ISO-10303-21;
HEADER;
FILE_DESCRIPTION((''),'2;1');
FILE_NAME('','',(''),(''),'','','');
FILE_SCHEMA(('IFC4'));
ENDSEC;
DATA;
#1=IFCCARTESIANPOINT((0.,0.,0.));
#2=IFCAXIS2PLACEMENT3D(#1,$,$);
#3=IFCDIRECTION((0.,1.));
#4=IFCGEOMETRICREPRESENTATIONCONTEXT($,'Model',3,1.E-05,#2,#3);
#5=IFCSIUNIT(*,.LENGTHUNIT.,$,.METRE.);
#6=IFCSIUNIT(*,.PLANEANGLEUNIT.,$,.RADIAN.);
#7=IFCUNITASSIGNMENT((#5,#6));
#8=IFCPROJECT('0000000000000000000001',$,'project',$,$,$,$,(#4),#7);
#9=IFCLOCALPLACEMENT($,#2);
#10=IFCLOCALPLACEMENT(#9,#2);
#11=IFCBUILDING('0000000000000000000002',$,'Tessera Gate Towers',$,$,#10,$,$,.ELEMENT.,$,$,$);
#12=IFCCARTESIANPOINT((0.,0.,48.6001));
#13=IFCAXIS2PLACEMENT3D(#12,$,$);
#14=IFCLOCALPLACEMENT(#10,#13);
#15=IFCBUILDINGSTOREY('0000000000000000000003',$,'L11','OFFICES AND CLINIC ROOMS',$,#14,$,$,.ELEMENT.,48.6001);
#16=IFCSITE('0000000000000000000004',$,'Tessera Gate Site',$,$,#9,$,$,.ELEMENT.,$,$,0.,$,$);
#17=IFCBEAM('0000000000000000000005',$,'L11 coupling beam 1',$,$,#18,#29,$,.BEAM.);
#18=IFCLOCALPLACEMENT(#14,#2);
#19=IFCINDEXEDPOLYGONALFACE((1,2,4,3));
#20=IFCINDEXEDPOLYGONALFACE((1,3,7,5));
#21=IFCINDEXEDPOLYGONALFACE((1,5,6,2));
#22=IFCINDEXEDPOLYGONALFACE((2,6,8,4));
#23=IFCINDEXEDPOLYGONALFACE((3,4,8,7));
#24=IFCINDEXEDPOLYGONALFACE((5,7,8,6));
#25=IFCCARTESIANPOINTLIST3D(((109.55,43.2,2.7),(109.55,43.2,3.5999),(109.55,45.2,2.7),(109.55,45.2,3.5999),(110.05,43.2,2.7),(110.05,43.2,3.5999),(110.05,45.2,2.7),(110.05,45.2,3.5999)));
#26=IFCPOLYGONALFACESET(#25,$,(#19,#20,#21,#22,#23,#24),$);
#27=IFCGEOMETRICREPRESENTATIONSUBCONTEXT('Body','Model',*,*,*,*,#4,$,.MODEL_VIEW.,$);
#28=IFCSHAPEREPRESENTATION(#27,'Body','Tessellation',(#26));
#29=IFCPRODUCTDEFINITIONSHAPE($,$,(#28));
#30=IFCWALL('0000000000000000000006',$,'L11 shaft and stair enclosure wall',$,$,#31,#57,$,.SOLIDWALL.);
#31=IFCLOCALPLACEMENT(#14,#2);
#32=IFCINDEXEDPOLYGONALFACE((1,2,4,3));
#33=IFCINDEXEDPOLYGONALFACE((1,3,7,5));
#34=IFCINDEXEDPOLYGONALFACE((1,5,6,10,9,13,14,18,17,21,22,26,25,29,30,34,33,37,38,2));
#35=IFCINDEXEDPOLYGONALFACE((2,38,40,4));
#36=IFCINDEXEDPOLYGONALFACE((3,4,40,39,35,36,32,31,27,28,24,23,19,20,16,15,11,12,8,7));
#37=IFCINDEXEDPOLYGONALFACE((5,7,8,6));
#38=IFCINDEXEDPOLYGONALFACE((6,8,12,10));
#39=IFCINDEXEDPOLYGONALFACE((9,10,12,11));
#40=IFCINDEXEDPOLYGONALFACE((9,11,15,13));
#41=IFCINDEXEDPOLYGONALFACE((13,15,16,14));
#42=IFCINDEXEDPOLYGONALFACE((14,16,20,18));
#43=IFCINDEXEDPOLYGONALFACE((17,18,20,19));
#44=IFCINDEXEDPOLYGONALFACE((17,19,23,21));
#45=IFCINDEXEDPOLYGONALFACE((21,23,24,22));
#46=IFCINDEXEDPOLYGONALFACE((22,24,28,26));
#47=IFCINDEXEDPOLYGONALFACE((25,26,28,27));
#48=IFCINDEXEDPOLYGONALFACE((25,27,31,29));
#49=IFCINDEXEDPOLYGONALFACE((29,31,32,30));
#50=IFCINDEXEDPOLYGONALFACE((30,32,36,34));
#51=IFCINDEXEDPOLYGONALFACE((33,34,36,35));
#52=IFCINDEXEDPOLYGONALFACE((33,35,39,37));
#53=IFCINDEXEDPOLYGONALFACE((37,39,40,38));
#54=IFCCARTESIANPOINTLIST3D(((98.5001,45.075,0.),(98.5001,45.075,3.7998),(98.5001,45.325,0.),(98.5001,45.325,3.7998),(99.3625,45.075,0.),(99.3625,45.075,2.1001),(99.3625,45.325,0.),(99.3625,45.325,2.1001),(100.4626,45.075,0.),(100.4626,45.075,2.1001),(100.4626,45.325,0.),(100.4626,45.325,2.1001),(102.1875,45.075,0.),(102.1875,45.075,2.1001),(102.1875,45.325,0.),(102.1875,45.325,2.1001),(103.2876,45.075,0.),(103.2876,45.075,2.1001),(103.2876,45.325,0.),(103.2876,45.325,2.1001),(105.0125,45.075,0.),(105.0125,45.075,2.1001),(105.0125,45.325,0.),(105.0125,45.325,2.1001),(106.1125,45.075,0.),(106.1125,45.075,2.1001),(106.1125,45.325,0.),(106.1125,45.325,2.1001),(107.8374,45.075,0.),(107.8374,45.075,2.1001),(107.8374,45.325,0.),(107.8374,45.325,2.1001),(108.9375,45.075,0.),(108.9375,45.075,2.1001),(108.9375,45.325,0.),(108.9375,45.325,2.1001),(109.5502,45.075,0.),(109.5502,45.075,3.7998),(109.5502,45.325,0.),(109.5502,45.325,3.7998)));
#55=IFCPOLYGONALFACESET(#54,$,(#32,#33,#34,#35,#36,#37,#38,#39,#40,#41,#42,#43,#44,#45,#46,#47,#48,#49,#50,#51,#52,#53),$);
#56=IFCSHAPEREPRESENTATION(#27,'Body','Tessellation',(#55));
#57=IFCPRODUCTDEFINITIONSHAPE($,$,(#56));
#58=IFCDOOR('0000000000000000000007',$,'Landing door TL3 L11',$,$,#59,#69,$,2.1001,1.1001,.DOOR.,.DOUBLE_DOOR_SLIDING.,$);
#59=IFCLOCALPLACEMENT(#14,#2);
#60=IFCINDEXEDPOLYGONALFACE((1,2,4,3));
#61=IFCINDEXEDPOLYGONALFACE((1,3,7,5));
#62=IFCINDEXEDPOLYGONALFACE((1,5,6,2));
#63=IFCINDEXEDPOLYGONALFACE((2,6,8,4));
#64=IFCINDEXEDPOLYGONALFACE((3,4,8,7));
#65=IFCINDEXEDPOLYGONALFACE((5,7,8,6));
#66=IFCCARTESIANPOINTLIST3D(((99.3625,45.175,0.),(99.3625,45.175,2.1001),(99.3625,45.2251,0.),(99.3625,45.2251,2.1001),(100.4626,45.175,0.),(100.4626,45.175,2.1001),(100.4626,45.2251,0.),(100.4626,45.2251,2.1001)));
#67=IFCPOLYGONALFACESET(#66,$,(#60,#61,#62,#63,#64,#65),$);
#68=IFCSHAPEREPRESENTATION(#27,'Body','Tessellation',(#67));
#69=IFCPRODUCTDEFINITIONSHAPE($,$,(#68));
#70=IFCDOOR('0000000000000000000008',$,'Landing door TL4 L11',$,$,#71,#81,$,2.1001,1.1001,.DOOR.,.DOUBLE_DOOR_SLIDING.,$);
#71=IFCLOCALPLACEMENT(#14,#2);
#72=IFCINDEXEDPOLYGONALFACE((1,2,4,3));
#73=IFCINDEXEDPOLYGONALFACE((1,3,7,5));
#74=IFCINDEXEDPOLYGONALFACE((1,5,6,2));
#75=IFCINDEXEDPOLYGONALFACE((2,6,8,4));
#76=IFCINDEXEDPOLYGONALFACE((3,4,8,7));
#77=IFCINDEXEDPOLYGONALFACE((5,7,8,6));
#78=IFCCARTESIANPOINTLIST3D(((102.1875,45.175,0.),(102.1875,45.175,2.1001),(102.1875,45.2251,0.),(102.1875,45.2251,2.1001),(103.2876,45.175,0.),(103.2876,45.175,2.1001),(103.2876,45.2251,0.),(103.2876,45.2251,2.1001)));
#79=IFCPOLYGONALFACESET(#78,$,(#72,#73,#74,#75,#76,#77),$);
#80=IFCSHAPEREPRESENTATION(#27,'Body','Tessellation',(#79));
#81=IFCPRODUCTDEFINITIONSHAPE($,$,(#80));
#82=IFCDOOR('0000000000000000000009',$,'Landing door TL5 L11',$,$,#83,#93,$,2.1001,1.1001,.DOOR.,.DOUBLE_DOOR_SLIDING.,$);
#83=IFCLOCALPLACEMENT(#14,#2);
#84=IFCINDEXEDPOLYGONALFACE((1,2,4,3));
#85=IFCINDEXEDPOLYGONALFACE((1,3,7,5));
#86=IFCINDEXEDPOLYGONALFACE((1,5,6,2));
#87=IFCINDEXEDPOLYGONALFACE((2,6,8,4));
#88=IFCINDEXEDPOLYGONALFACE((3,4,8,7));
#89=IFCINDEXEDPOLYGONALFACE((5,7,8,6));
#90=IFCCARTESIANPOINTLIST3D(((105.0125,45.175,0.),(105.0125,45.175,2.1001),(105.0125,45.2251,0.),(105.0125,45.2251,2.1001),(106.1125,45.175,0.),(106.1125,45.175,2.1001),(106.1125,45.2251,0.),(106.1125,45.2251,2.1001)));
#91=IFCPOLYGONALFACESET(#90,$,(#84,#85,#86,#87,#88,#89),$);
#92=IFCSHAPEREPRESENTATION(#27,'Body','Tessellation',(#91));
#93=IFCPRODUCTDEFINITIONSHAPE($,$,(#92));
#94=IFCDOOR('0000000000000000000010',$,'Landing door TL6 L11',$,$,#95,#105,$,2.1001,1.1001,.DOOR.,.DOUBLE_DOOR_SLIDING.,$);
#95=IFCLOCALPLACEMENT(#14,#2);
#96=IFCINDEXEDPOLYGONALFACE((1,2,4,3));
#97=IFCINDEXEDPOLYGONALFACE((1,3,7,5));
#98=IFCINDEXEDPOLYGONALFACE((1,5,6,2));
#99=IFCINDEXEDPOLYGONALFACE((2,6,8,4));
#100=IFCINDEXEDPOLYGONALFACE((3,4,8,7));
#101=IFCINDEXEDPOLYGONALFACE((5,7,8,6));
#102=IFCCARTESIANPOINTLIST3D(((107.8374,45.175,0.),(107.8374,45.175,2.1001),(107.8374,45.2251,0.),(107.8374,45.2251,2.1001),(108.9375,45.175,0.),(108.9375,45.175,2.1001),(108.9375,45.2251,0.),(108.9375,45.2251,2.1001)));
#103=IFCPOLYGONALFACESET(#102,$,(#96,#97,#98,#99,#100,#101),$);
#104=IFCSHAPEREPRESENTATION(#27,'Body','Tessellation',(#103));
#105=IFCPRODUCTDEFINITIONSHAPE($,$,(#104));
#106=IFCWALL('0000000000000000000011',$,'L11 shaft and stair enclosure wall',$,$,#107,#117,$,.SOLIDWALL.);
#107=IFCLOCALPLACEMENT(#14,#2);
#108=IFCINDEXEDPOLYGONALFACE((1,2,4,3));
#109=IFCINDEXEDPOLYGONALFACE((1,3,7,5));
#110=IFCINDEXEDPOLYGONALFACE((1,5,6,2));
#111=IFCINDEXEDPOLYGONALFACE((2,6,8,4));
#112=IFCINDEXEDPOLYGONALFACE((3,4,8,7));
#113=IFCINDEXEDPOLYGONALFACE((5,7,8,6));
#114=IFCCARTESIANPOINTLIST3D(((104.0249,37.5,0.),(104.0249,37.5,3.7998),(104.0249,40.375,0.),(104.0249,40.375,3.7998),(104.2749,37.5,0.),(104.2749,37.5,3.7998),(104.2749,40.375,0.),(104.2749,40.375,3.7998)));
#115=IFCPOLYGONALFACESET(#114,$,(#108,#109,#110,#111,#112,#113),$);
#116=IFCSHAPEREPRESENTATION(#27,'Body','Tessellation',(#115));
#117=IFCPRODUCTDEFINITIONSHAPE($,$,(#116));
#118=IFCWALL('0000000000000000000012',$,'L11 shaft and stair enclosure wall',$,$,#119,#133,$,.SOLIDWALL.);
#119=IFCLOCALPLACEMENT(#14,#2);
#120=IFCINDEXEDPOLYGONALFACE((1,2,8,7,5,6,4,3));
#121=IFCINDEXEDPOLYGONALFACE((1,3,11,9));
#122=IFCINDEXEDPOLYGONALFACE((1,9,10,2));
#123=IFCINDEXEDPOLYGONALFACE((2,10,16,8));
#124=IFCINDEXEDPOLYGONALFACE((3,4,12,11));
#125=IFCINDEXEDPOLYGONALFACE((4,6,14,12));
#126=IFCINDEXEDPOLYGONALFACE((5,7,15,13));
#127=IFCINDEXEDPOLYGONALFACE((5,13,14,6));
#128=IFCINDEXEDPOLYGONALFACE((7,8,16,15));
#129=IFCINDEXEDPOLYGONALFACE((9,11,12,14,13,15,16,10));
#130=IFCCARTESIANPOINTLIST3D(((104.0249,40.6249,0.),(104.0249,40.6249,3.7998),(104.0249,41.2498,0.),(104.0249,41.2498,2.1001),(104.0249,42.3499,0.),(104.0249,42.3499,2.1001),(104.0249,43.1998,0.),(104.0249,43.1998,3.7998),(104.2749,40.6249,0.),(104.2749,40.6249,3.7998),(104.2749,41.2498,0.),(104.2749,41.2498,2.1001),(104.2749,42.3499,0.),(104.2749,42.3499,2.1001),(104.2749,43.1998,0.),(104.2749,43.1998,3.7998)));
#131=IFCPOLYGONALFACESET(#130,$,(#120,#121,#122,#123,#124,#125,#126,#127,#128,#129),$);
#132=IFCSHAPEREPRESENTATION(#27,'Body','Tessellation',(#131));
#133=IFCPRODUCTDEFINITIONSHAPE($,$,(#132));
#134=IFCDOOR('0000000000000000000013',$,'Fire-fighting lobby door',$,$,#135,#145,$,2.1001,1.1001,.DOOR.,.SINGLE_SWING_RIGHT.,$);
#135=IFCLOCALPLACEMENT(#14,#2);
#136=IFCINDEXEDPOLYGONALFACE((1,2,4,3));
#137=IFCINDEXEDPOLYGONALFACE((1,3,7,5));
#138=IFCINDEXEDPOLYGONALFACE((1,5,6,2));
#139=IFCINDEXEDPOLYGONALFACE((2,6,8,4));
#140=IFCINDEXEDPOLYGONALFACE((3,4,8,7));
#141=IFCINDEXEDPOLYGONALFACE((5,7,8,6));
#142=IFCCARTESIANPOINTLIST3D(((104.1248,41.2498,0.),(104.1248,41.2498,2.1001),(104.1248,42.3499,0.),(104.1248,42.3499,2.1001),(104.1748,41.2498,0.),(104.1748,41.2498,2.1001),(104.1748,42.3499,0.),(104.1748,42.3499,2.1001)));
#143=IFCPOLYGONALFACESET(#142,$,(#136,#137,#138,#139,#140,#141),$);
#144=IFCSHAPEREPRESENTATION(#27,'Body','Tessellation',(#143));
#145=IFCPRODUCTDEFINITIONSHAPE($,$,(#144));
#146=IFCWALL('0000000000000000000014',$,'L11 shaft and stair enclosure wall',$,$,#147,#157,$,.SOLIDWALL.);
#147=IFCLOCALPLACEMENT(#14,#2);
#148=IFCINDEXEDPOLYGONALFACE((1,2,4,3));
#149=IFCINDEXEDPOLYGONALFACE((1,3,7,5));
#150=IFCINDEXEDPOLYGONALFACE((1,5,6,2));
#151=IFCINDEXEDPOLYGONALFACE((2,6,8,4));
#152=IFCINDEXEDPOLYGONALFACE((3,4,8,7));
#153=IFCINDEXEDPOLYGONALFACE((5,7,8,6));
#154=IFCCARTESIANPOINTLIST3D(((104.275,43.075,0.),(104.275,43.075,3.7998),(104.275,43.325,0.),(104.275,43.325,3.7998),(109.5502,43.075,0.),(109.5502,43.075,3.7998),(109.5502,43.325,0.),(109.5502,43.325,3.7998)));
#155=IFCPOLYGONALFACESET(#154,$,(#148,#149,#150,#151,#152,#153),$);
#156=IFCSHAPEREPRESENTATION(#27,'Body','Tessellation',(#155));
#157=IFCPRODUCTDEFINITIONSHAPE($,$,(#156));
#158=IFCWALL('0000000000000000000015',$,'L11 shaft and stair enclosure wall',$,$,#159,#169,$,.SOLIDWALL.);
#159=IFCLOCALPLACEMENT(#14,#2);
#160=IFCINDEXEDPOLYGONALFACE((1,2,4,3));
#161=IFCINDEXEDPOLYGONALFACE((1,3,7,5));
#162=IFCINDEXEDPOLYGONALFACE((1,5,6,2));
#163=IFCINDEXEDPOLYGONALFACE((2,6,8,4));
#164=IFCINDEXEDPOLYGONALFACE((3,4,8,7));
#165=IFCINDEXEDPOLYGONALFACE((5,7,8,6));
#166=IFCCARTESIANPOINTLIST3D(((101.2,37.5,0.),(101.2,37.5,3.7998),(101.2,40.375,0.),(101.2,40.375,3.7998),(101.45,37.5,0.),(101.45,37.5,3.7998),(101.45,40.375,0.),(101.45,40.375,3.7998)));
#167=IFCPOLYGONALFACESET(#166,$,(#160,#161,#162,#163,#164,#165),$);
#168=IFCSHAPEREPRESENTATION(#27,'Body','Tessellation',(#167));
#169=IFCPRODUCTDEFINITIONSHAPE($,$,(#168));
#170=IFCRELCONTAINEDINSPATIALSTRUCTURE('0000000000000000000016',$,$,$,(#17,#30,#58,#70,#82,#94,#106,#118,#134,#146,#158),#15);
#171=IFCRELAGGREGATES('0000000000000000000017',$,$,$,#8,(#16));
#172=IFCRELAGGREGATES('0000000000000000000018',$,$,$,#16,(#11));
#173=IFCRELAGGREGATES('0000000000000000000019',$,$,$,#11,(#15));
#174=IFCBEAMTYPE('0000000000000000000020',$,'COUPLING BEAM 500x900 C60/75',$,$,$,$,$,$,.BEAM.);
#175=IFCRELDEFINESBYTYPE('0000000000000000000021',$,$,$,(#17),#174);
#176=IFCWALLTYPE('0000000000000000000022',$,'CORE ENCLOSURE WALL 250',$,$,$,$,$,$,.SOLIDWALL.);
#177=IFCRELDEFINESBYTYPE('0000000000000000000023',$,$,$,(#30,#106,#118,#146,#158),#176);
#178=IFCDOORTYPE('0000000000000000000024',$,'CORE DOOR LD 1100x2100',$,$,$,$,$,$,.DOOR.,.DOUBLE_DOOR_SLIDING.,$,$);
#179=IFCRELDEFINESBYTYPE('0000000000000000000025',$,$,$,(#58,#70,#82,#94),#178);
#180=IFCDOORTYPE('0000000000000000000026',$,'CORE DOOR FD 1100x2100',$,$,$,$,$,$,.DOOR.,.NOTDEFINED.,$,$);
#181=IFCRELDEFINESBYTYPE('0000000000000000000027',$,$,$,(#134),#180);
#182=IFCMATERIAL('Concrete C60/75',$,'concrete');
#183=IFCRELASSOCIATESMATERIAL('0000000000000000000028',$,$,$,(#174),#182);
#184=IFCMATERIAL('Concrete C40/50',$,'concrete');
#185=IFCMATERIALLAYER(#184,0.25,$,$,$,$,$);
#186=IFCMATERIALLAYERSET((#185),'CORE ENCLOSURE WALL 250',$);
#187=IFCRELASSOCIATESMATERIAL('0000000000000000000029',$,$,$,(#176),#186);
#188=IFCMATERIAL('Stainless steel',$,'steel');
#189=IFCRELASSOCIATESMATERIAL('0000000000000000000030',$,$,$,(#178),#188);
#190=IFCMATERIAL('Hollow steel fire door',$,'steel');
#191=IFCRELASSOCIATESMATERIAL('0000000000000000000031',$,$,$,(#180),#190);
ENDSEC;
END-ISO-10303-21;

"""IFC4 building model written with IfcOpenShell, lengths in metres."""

from ifc_helpers import new_model, si_unit, direction, frame, frame_2d, origin, origin_2d, place, context, subcontext, project, spatial, rectangle, extrude, source, transform, mapped, material, layer, layer_set, material_profile, profile_set, type_object, element, fill, save


model = new_model("IFC4")

# Units and contexts
model_context = context("Model", 3, precision=1e-05, world=origin(), true_north=direction((0.0, 1.0)))
body_context = subcontext(model_context, "Body", "Model", "MODEL_VIEW")
ifc_project = project(units=[si_unit("LENGTHUNIT", "METRE"), si_unit("PLANEANGLEUNIT", "RADIAN")], contexts=[model_context])

# Site, building, storey
site_placement = place(None, origin())
site = spatial("IfcSite", under=ifc_project, at=site_placement, Name="Tessera Gate Site", CompositionType="ELEMENT", RefElevation=0.0)
building_placement = place(site_placement, origin())
building = spatial("IfcBuilding", under=site, at=building_placement, Name="Tessera Gate Towers", CompositionType="ELEMENT")
storey_placement = place(building_placement, frame((0.0, 0.0, 48.6001)))
storey = spatial("IfcBuildingStorey", under=building, at=storey_placement, Name="L11", Description="OFFICES AND CLINIC ROOMS", CompositionType="ELEMENT", Elevation=48.6001)

# Beam
ifc_material_1 = material(Name="Concrete C60/75", Category="concrete")
ifc_material_profile = material_profile(ifc_material_1, rectangle(XDim=0.5, YDim=0.8999, at=origin_2d()), Name="RC 500x900")
ifc_profile_set = profile_set([ifc_material_profile], Name="Concrete C60/75")
beam_type = type_object("IfcBeamType", Name="COUPLING BEAM 500x900 C60/75", PredefinedType="BEAM", material=ifc_profile_set)
beam_placement = place(storey_placement, frame((109.8, 43.2, 3.1499), z_axis=(0.0, 1.0, 0.0), x_axis=(-1.0, 0.0, 0.0)))
element("IfcBeam", 1, at=beam_placement, inside=storey, type_object=beam_type, Name="L11 coupling beam 1", PredefinedType="BEAM", context=body_context, shape_type="SweptSolid", body=[
    extrude(rectangle(XDim=0.5, YDim=0.8999, at=origin_2d()), origin(), (0.0, 0.0, 1.0), 2.0),
])

# Wall, openings, doors
ifc_material_2 = material(Name="Concrete C40/50", Category="concrete")
ifc_layer_1 = layer(ifc_material_2, 0.25)
ifc_layer_set_1 = layer_set([ifc_layer_1], Name="CORE ENCLOSURE WALL 250")
wall_type_1 = type_object("IfcWallType", Name="CORE ENCLOSURE WALL 250", PredefinedType="SOLIDWALL", material=ifc_layer_set_1)
wall_1_placement = place(storey_placement, frame((109.55, 45.2, 0.0), z_axis=(0.0, 0.0, 1.0), x_axis=(-1.0, 0.0, 0.0)))
wall_1 = element("IfcWall", 2, at=wall_1_placement, inside=storey, type_object=wall_type_1, Name="L11 shaft and stair enclosure wall", PredefinedType="SOLIDWALL", context=body_context, shape_type="SweptSolid", body=[
    extrude(rectangle(XDim=11.05, YDim=0.25, at=frame_2d((5.5249, 0.0))), origin(), (0.0, 0.0, 1.0), 3.7998),
])
shared_shape_1 = source(origin(), body_context, "Body", "SweptSolid", [
    extrude(rectangle(XDim=1.1001, YDim=2.1001, at=frame_2d((0.55, 1.05))), frame((0.0, 0.135, 0.0), z_axis=(0.0, -1.0, 0.0), x_axis=(1.0, 0.0, 0.0)), (0.0, 0.0, 1.0), 0.27),
])
opening_1_placement = place(wall_1_placement, frame((9.0874, 0.0, 0.0)))
opening_1 = element("IfcOpeningElement", 3, at=opening_1_placement, cuts=wall_1, PredefinedType="OPENING", context=body_context, shape_type="MappedRepresentation", body=[
    mapped(shared_shape_1, transform((0.0, 0.0, 0.0), scale=1.0)),
])
opening_2_placement = place(wall_1_placement, frame((6.2625, 0.0, 0.0)))
opening_2 = element("IfcOpeningElement", 4, at=opening_2_placement, cuts=wall_1, PredefinedType="OPENING", context=body_context, shape_type="MappedRepresentation", body=[
    mapped(shared_shape_1, transform((0.0, 0.0, 0.0), scale=1.0)),
])
opening_3_placement = place(wall_1_placement, frame((3.4375, 0.0, 0.0)))
opening_3 = element("IfcOpeningElement", 5, at=opening_3_placement, cuts=wall_1, PredefinedType="OPENING", context=body_context, shape_type="MappedRepresentation", body=[
    mapped(shared_shape_1, transform((0.0, 0.0, 0.0), scale=1.0)),
])
opening_4_placement = place(wall_1_placement, frame((0.6125, 0.0, 0.0)))
opening_4 = element("IfcOpeningElement", 6, at=opening_4_placement, cuts=wall_1, PredefinedType="OPENING", context=body_context, shape_type="MappedRepresentation", body=[
    mapped(shared_shape_1, transform((0.0, 0.0, 0.0), scale=1.0)),
])
ifc_material_3 = material(Name="Stainless steel", Category="steel")
door_type_1 = type_object("IfcDoorType", Name="CORE DOOR LD 1100x2100", OperationType="DOUBLE_DOOR_SLIDING", PredefinedType="DOOR", material=ifc_material_3)
shared_shape_2 = source(origin(), body_context, "Body", "SweptSolid", [
    extrude(rectangle(XDim=1.1001, YDim=2.1001, at=frame_2d((0.55, 1.05))), frame((0.0, 0.0249, 0.0), z_axis=(0.0, -1.0, 0.0), x_axis=(1.0, 0.0, 0.0)), (0.0, 0.0, 1.0), 0.05),
])
door_1_placement = place(opening_1_placement, origin())
door_1 = element("IfcDoor", 7, at=door_1_placement, inside=storey, type_object=door_type_1, Name="Landing door TL3 L11", OperationType="DOUBLE_DOOR_SLIDING", OverallHeight=2.1001, OverallWidth=1.1001, PredefinedType="DOOR", context=body_context, shape_type="MappedRepresentation", body=[
    mapped(shared_shape_2, transform((0.0, 0.0, 0.0), scale=1.0)),
])
fill(opening_1, door_1)
door_2_placement = place(opening_2_placement, origin())
door_2 = element("IfcDoor", 8, at=door_2_placement, inside=storey, type_object=door_type_1, Name="Landing door TL4 L11", OperationType="DOUBLE_DOOR_SLIDING", OverallHeight=2.1001, OverallWidth=1.1001, PredefinedType="DOOR", context=body_context, shape_type="MappedRepresentation", body=[
    mapped(shared_shape_2, transform((0.0, 0.0, 0.0), scale=1.0)),
])
fill(opening_2, door_2)
door_3_placement = place(opening_3_placement, origin())
door_3 = element("IfcDoor", 9, at=door_3_placement, inside=storey, type_object=door_type_1, Name="Landing door TL5 L11", OperationType="DOUBLE_DOOR_SLIDING", OverallHeight=2.1001, OverallWidth=1.1001, PredefinedType="DOOR", context=body_context, shape_type="MappedRepresentation", body=[
    mapped(shared_shape_2, transform((0.0, 0.0, 0.0), scale=1.0)),
])
fill(opening_3, door_3)
door_4_placement = place(opening_4_placement, origin())
door_4 = element("IfcDoor", 10, at=door_4_placement, inside=storey, type_object=door_type_1, Name="Landing door TL6 L11", OperationType="DOUBLE_DOOR_SLIDING", OverallHeight=2.1001, OverallWidth=1.1001, PredefinedType="DOOR", context=body_context, shape_type="MappedRepresentation", body=[
    mapped(shared_shape_2, transform((0.0, 0.0, 0.0), scale=1.0)),
])
fill(opening_4, door_4)

# Wall
wall_2_placement = place(storey_placement, frame((104.1499, 37.5, 0.0), z_axis=(0.0, 0.0, 1.0), x_axis=(0.0, 1.0, 0.0)))
element("IfcWall", 11, at=wall_2_placement, inside=storey, type_object=wall_type_1, Name="L11 shaft and stair enclosure wall", PredefinedType="SOLIDWALL", context=body_context, shape_type="SweptSolid", body=[
    extrude(rectangle(XDim=2.875, YDim=0.25, at=frame_2d((1.4375, 0.0))), origin(), (0.0, 0.0, 1.0), 3.7998),
])

# Wall, opening, door
wall_3_placement = place(storey_placement, frame((104.1499, 43.2, 0.0), z_axis=(0.0, 0.0, 1.0), x_axis=(0.0, -1.0, 0.0)))
wall_3 = element("IfcWall", 12, at=wall_3_placement, inside=storey, type_object=wall_type_1, Name="L11 shaft and stair enclosure wall", PredefinedType="SOLIDWALL", context=body_context, shape_type="SweptSolid", body=[
    extrude(rectangle(XDim=2.575, YDim=0.25, at=frame_2d((1.2876, 0.0))), origin(), (0.0, 0.0, 1.0), 3.7998),
])
opening_5_placement = place(wall_3_placement, frame((0.8501, 0.0, 0.0)))
opening_5 = element("IfcOpeningElement", 13, at=opening_5_placement, cuts=wall_3, PredefinedType="OPENING", context=body_context, shape_type="MappedRepresentation", body=[
    mapped(shared_shape_1, transform((0.0, 0.0, 0.0), scale=1.0)),
])
ifc_material_4 = material(Name="Hollow steel fire door", Category="steel")
door_type_2 = type_object("IfcDoorType", Name="CORE DOOR FD 1100x2100", OperationType="NOTDEFINED", PredefinedType="DOOR", material=ifc_material_4)
door_5_placement = place(opening_5_placement, origin())
door_5 = element("IfcDoor", 14, at=door_5_placement, inside=storey, type_object=door_type_2, Name="Fire-fighting lobby door", OperationType="SINGLE_SWING_RIGHT", OverallHeight=2.1001, OverallWidth=1.1001, PredefinedType="DOOR", context=body_context, shape_type="MappedRepresentation", body=[
    mapped(shared_shape_2, transform((0.0, 0.0, 0.0), scale=1.0)),
])
fill(opening_5, door_5)

# Walls
wall_4_placement = place(storey_placement, frame((104.2749, 43.2, 0.0), z_axis=(0.0, 0.0, 1.0), x_axis=(1.0, 0.0, 0.0)))
element("IfcWall", 15, at=wall_4_placement, inside=storey, type_object=wall_type_1, Name="L11 shaft and stair enclosure wall", PredefinedType="SOLIDWALL", context=body_context, shape_type="SweptSolid", body=[
    extrude(rectangle(XDim=5.2751, YDim=0.25, at=frame_2d((2.6377, 0.0))), origin(), (0.0, 0.0, 1.0), 3.7998),
])
for number, where, z_axis, x_axis, name in (
    (16, (101.325, 37.5, 0.0), (0.0, 0.0, 1.0), (0.0, 1.0, 0.0), "L11 shaft and stair enclosure wall"),
):
    element("IfcWall", number, at=place(storey_placement, frame(where, z_axis=z_axis, x_axis=x_axis)), inside=storey, type_object=wall_type_1, Name=name, PredefinedType="SOLIDWALL", context=body_context, shape_type="SweptSolid", body=[
        extrude(rectangle(XDim=2.875, YDim=0.25, at=frame_2d((1.4375, 0.0))), origin(), (0.0, 0.0, 1.0), 3.7998),
    ])

save(model, "model.ifc")
